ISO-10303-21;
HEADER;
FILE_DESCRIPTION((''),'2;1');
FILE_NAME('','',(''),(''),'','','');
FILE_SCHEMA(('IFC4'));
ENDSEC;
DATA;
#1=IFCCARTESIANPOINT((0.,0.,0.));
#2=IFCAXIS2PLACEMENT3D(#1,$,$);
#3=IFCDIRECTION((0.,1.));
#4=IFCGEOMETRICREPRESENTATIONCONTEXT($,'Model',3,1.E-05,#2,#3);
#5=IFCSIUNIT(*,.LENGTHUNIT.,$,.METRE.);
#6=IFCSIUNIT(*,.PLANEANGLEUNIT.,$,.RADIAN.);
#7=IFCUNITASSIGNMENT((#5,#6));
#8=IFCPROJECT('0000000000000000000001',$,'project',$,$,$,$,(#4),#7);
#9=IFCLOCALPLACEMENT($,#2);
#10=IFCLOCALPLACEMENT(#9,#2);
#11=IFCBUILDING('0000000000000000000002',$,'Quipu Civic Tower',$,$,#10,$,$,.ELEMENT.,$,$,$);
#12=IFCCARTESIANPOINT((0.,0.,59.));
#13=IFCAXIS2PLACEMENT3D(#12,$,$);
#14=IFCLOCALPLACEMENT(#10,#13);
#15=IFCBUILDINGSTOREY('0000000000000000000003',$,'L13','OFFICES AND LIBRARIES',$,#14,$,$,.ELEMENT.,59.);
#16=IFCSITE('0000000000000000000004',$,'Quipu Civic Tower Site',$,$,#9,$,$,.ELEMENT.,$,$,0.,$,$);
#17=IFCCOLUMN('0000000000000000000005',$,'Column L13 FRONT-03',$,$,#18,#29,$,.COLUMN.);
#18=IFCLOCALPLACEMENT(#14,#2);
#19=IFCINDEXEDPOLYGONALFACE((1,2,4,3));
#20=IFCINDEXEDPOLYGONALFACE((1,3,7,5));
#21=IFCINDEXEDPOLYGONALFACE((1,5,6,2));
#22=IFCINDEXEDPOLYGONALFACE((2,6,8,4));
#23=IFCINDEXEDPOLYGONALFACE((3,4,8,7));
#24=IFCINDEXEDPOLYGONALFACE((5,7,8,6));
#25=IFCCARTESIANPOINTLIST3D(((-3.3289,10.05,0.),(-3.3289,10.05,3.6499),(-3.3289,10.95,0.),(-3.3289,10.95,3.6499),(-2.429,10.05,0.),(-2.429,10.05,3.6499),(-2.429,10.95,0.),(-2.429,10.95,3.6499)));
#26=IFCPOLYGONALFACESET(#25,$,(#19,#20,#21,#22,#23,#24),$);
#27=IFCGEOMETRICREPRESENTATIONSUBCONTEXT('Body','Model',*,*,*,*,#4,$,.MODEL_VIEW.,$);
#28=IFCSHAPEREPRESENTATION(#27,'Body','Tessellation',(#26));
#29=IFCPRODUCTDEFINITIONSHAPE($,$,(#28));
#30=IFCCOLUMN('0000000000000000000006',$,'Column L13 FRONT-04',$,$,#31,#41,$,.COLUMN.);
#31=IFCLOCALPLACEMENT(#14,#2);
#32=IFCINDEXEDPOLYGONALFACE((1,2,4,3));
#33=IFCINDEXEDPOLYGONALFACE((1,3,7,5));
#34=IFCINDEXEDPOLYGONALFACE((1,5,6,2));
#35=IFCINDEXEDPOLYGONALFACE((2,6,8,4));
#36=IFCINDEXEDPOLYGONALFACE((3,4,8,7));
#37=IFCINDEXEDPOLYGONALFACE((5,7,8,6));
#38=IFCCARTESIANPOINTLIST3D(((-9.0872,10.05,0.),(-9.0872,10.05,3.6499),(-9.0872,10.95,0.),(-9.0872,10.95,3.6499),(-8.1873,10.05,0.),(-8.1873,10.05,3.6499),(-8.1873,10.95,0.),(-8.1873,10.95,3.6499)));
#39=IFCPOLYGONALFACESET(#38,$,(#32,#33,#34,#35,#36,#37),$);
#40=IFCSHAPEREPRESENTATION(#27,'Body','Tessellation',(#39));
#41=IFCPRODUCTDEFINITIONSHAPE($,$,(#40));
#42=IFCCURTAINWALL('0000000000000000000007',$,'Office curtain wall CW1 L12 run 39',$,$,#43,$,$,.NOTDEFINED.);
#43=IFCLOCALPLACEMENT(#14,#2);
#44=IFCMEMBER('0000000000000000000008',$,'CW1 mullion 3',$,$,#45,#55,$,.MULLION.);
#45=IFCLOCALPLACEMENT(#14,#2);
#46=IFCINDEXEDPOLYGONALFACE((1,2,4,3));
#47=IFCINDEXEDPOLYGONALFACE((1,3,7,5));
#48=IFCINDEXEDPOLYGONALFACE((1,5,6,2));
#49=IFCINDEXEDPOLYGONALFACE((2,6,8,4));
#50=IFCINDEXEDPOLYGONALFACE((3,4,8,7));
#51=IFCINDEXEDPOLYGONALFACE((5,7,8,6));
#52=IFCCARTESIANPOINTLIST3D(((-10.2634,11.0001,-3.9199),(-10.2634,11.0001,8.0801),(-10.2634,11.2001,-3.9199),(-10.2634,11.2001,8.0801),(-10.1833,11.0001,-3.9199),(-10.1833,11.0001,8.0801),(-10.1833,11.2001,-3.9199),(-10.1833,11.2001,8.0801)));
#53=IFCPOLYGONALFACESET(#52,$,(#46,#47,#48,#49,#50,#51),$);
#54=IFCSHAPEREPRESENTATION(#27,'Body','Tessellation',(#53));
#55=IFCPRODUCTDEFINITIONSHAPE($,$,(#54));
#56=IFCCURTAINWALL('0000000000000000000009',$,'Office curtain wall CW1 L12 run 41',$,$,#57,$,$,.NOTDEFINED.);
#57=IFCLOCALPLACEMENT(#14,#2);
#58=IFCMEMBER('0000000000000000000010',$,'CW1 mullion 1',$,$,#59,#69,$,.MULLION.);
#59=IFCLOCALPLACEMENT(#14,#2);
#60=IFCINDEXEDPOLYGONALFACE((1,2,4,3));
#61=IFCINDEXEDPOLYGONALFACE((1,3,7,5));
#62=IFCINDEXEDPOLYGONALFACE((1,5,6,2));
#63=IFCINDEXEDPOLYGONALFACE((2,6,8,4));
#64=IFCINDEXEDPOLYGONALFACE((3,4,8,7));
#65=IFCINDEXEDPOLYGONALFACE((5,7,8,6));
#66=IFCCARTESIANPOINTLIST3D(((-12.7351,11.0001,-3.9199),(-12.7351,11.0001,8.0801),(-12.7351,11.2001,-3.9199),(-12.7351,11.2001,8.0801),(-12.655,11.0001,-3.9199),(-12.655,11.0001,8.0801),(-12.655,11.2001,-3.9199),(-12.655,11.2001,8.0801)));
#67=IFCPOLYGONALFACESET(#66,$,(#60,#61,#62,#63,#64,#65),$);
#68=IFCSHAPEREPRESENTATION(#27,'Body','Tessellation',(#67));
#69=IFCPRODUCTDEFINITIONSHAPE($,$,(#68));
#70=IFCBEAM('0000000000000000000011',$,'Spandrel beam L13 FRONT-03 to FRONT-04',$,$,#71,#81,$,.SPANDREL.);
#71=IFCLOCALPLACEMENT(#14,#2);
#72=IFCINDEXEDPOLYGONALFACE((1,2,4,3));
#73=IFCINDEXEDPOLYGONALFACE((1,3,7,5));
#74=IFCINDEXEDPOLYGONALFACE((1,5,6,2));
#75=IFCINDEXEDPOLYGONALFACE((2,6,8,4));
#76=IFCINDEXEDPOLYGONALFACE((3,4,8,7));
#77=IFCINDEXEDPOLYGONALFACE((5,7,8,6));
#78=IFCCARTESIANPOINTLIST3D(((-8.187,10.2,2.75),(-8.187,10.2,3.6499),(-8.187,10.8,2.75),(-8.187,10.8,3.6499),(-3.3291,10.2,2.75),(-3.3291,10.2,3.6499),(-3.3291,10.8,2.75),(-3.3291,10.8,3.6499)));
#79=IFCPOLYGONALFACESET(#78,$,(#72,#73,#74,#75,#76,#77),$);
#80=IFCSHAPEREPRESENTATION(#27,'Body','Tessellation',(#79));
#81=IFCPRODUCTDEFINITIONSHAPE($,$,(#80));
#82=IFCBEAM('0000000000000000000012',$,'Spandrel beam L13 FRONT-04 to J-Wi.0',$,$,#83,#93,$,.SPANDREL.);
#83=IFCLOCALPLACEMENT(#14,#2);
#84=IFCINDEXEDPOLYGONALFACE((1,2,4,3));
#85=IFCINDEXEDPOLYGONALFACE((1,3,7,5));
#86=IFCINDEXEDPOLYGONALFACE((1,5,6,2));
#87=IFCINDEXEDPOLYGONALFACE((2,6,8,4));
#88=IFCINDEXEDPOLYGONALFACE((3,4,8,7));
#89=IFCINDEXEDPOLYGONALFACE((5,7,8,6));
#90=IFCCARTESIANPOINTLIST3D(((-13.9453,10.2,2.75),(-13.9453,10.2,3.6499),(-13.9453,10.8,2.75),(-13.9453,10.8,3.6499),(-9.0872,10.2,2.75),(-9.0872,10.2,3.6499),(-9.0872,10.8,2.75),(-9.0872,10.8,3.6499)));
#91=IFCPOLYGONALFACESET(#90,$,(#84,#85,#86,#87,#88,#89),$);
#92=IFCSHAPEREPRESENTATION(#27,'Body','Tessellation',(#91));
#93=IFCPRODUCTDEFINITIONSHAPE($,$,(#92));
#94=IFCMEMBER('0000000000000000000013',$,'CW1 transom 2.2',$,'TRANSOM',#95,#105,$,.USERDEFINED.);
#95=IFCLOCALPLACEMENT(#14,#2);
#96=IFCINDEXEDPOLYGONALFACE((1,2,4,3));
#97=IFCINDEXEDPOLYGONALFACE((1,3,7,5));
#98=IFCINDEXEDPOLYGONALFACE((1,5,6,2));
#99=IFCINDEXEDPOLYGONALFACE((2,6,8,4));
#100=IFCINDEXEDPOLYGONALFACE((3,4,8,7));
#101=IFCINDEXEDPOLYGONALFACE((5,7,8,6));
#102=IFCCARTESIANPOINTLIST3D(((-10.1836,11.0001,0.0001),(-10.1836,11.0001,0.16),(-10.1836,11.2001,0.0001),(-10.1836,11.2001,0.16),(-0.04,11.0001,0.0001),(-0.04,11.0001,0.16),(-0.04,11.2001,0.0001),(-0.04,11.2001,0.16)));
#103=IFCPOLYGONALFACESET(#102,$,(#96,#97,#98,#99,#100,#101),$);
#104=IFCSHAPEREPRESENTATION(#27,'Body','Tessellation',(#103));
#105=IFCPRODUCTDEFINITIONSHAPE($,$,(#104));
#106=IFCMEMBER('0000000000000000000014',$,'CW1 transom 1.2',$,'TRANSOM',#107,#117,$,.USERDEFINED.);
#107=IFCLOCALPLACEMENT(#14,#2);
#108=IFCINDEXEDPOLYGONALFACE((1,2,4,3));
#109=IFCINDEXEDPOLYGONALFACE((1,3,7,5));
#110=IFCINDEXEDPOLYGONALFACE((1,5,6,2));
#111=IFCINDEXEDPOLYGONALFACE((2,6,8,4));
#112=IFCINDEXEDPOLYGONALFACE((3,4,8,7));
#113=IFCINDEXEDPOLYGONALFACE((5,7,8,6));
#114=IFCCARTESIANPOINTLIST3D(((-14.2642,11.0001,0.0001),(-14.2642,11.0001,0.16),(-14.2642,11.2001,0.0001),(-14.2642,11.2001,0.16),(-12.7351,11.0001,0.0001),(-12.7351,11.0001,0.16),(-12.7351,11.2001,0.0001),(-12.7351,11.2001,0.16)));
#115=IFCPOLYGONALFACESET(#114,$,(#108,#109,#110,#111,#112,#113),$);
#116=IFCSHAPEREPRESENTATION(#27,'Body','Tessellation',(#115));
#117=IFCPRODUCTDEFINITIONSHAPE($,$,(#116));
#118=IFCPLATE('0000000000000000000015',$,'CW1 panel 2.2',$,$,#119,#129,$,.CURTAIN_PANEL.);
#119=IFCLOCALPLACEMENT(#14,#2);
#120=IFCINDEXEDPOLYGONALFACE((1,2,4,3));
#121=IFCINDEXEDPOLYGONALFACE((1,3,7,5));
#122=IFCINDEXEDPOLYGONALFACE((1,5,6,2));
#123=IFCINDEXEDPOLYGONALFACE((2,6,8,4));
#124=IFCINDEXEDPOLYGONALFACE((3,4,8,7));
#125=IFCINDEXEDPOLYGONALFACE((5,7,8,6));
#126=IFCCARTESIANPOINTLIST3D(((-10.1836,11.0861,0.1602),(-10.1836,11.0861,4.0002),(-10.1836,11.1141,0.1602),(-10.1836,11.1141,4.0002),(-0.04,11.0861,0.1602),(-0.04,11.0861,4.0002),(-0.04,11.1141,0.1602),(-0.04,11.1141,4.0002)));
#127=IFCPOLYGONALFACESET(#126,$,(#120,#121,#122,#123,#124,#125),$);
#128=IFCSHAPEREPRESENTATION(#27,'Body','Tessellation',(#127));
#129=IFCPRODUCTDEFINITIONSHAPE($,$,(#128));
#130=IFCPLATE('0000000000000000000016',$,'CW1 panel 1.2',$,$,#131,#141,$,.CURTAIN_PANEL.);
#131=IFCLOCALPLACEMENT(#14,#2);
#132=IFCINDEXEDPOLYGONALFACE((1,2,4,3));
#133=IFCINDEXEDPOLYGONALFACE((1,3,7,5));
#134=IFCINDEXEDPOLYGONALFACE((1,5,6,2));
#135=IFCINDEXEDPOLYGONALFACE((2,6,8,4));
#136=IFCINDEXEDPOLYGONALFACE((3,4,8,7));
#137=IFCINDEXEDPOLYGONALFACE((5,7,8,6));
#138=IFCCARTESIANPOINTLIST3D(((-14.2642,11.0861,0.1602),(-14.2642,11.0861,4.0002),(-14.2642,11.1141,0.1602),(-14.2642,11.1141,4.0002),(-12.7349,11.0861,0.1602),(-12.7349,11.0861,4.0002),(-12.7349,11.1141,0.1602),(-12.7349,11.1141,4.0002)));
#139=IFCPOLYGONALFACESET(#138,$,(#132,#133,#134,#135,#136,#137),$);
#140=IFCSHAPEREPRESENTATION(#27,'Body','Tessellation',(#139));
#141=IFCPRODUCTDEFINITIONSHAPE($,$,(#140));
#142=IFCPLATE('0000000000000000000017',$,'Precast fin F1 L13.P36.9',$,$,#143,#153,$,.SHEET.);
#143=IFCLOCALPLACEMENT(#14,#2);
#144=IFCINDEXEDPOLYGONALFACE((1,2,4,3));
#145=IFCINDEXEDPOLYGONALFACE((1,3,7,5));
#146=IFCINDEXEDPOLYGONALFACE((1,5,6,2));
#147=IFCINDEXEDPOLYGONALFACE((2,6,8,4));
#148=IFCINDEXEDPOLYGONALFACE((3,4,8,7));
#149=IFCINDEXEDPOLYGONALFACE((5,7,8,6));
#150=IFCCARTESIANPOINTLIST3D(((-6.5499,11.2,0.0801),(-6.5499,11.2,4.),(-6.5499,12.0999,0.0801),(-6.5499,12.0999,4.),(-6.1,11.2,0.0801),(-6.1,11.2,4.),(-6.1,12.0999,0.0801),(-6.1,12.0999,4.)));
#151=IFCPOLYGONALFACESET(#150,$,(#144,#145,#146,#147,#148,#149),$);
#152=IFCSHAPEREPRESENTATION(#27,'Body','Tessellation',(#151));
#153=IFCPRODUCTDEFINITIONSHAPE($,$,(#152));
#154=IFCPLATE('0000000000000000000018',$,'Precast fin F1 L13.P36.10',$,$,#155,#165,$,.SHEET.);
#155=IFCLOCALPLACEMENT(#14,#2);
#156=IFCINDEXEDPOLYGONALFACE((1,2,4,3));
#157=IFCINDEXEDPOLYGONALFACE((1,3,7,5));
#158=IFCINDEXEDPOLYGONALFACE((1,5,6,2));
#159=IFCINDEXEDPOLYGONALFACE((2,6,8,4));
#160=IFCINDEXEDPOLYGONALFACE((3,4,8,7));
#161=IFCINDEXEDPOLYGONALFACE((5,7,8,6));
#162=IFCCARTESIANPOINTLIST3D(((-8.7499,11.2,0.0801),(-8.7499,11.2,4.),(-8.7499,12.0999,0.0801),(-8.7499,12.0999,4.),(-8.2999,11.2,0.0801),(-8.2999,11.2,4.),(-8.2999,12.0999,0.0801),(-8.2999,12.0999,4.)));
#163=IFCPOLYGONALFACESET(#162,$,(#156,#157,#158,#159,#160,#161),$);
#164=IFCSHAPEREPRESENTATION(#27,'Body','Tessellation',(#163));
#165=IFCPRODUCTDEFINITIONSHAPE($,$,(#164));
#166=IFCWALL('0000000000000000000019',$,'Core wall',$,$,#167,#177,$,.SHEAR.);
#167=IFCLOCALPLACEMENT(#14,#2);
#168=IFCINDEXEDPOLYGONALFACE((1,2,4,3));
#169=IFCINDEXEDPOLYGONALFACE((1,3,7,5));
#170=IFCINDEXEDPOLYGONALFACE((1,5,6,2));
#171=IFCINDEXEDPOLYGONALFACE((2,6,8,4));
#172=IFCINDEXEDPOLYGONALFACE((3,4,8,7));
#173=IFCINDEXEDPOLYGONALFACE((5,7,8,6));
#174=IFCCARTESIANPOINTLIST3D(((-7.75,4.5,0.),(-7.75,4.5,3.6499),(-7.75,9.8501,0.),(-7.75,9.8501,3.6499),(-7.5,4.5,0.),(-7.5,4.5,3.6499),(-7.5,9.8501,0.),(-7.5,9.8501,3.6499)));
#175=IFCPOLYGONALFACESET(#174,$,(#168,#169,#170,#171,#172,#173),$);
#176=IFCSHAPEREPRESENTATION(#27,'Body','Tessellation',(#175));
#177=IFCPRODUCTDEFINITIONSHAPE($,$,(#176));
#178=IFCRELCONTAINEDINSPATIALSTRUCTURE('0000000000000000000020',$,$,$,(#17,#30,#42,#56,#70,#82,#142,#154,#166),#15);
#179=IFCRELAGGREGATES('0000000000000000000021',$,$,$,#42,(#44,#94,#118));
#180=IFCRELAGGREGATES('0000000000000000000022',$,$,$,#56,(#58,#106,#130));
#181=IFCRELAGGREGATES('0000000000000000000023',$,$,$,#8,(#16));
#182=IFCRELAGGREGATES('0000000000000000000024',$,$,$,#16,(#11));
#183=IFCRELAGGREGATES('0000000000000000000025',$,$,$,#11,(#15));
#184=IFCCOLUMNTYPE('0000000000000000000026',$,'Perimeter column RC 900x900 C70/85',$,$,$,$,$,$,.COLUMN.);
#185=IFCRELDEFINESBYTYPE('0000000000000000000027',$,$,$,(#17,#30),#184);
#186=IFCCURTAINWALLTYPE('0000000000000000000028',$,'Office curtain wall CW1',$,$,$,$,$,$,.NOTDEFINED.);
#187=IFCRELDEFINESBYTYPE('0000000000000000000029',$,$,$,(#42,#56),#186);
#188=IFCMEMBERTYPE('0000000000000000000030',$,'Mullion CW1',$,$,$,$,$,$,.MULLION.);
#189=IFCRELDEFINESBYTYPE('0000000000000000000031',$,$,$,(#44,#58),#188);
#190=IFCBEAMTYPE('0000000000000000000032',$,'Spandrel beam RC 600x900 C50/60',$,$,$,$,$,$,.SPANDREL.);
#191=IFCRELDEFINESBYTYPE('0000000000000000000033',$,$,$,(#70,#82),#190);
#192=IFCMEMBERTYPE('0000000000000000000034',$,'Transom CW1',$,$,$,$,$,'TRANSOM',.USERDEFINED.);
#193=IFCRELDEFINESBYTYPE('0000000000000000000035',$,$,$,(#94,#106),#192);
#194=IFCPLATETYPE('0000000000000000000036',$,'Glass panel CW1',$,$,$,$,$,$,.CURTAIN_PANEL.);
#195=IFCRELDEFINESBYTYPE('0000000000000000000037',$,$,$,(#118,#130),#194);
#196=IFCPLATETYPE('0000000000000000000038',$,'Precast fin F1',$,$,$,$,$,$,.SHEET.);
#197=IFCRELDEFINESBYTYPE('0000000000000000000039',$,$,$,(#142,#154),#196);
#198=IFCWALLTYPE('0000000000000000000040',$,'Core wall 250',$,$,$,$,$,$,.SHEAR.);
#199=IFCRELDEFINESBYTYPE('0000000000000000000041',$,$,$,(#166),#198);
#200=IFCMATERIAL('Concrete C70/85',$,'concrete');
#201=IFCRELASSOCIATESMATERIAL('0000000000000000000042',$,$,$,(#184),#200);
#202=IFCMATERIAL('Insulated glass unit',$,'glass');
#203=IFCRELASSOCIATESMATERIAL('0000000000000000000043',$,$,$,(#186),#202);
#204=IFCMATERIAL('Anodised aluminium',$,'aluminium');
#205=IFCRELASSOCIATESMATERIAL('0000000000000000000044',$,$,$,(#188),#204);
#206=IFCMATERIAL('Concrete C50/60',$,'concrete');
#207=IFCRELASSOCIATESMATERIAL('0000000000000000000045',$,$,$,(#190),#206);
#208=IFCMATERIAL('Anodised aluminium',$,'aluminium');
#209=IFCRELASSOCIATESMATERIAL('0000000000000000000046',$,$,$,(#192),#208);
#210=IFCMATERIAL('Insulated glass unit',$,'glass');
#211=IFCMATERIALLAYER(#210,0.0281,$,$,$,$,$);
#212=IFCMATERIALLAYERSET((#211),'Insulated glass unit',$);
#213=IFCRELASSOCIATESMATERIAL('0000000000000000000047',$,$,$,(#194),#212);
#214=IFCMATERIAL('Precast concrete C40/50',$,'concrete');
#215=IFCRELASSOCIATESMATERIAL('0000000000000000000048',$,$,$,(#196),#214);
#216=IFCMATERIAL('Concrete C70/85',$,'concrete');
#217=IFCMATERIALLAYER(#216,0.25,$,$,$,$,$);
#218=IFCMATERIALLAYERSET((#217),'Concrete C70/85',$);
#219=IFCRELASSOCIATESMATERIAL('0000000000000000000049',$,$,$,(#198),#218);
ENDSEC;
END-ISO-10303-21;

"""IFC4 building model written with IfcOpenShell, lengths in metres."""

from ifc_helpers import new_model, si_unit, direction, frame, frame_2d, origin, origin_2d, place, context, subcontext, project, spatial, rectangle, extrude, material, layer, layer_set, material_profile, profile_set, type_object, element, aggregate, save


model = new_model("IFC4")

# Units and contexts
model_context = context("Model", 3, precision=1e-05, world=origin(), true_north=direction((0.0, 1.0)))
body_context = subcontext(model_context, "Body", "Model", "MODEL_VIEW")
ifc_project = project(units=[si_unit("LENGTHUNIT", "METRE"), si_unit("PLANEANGLEUNIT", "RADIAN")], contexts=[model_context])

# Site, building, storey
site_placement = place(None, origin())
site = spatial("IfcSite", under=ifc_project, at=site_placement, Name="Quipu Civic Tower Site", CompositionType="ELEMENT", RefElevation=0.0)
building_placement = place(site_placement, origin())
building = spatial("IfcBuilding", under=site, at=building_placement, Name="Quipu Civic Tower", CompositionType="ELEMENT")
storey_placement = place(building_placement, frame((0.0, 0.0, 59.0)))
storey = spatial("IfcBuildingStorey", under=building, at=storey_placement, Name="L13", Description="OFFICES AND LIBRARIES", CompositionType="ELEMENT", Elevation=59.0)

# Columns
ifc_material_1 = material(Name="Concrete C70/85", Category="concrete")
ifc_material_profile_1 = material_profile(ifc_material_1, rectangle(XDim=0.8999, YDim=0.8999, at=origin_2d()), Name="RC900x900")
ifc_profile_set_1 = profile_set([ifc_material_profile_1], Name="Concrete C70/85")
column_type = type_object("IfcColumnType", Name="Perimeter column RC 900x900 C70/85", PredefinedType="COLUMN", material=ifc_profile_set_1)
for number, where, z_axis, x_axis, name in (
    (1, (-2.8789, 10.5, 0.0), (0.0, 0.0, 1.0), (-1.0, 0.0, 0.0), "Column L13 FRONT-03"),
    (2, (-8.6372, 10.5, 0.0), (0.0, 0.0, 1.0), (-1.0, 0.0, 0.0), "Column L13 FRONT-04"),
):
    element("IfcColumn", number, at=place(storey_placement, frame(where, z_axis=z_axis, x_axis=x_axis)), inside=storey, type_object=column_type, Name=name, PredefinedType="COLUMN", context=body_context, shape_type="SweptSolid", body=[
        extrude(rectangle(XDim=0.8999, YDim=0.8999, at=origin_2d()), origin(), (0.0, 0.0, 1.0), 3.6499),
    ])

# Curtain walls, members
ifc_material_2 = material(Name="Insulated glass unit", Category="glass")
curtain_wall_type = type_object("IfcCurtainWallType", Name="Office curtain wall CW1", PredefinedType="NOTDEFINED", material=ifc_material_2)
curtain_wall_1_placement = place(storey_placement, origin())
curtain_wall_1 = element("IfcCurtainWall", 3, at=curtain_wall_1_placement, inside=storey, type_object=curtain_wall_type, Name="Office curtain wall CW1 L12 run 39", PredefinedType="NOTDEFINED")
ifc_material_3 = material(Name="Anodised aluminium", Category="aluminium")
ifc_material_profile_2 = material_profile(ifc_material_3, rectangle(XDim=0.2, YDim=0.0801, at=origin_2d()), Name="RECT 200x80")
ifc_profile_set_2 = profile_set([ifc_material_profile_2], Name="Anodised aluminium")
member_type_1 = type_object("IfcMemberType", Name="Mullion CW1", PredefinedType="MULLION", material=ifc_profile_set_2)
member_1_placement = place(storey_placement, frame((-10.2234, 11.1001, -3.9199), z_axis=(0.0, 0.0, 1.0), x_axis=(0.0, -1.0, 0.0)))
member_1 = element("IfcMember", 4, at=member_1_placement, type_object=member_type_1, Name="CW1 mullion 3", PredefinedType="MULLION", context=body_context, shape_type="SweptSolid", body=[
    extrude(rectangle(XDim=0.2, YDim=0.0801, at=origin_2d()), origin(), (0.0, 0.0, 1.0), 12.0),
])
curtain_wall_2_placement = place(storey_placement, origin())
curtain_wall_2 = element("IfcCurtainWall", 5, at=curtain_wall_2_placement, inside=storey, type_object=curtain_wall_type, Name="Office curtain wall CW1 L12 run 41", PredefinedType="NOTDEFINED")
member_2_placement = place(storey_placement, frame((-12.6951, 11.1001, -3.9199), z_axis=(0.0, 0.0, 1.0), x_axis=(0.0, -1.0, 0.0)))
member_2 = element("IfcMember", 6, at=member_2_placement, type_object=member_type_1, Name="CW1 mullion 1", PredefinedType="MULLION", context=body_context, shape_type="SweptSolid", body=[
    extrude(rectangle(XDim=0.2, YDim=0.0801, at=origin_2d()), origin(), (0.0, 0.0, 1.0), 12.0),
])

# Beams
ifc_material_4 = material(Name="Concrete C50/60", Category="concrete")
ifc_material_profile_3 = material_profile(ifc_material_4, rectangle(XDim=0.6001, YDim=0.8999, at=origin_2d()), Name="RC600x900")
ifc_profile_set_3 = profile_set([ifc_material_profile_3], Name="Concrete C50/60")
beam_type = type_object("IfcBeamType", Name="Spandrel beam RC 600x900 C50/60", PredefinedType="SPANDREL", material=ifc_profile_set_3)
beam_1_placement = place(storey_placement, frame((-3.3291, 10.5, 3.2), z_axis=(-1.0, 0.0, 0.0), x_axis=(0.0, -1.0, 0.0)))
element("IfcBeam", 7, at=beam_1_placement, inside=storey, type_object=beam_type, Name="Spandrel beam L13 FRONT-03 to FRONT-04", PredefinedType="SPANDREL", context=body_context, shape_type="SweptSolid", body=[
    extrude(rectangle(XDim=0.6001, YDim=0.8999, at=origin_2d()), origin(), (0.0, 0.0, 1.0), 4.8579),
])
beam_2_placement = place(storey_placement, frame((-9.0872, 10.5, 3.2), z_axis=(-1.0, 0.0, 0.0), x_axis=(0.0, -1.0, 0.0)))
element("IfcBeam", 8, at=beam_2_placement, inside=storey, type_object=beam_type, Name="Spandrel beam L13 FRONT-04 to J-Wi.0", PredefinedType="SPANDREL", context=body_context, shape_type="SweptSolid", body=[
    extrude(rectangle(XDim=0.6001, YDim=0.8999, at=origin_2d()), origin(), (0.0, 0.0, 1.0), 4.8582),
])

# Members
ifc_material_5 = material(Name="Anodised aluminium", Category="aluminium")
ifc_material_profile_4 = material_profile(ifc_material_5, rectangle(XDim=0.2, YDim=0.1599, at=origin_2d()), Name="RECT 200x160")
ifc_profile_set_4 = profile_set([ifc_material_profile_4], Name="Anodised aluminium")
member_type_2 = type_object("IfcMemberType", Name="Transom CW1", ElementType="TRANSOM", PredefinedType="USERDEFINED", material=ifc_profile_set_4)
member_3_placement = place(storey_placement, frame((-0.04, 11.1001, 0.0801), z_axis=(-1.0, 0.0, 0.0), x_axis=(0.0, -1.0, 0.0)))
member_3 = element("IfcMember", 9, at=member_3_placement, type_object=member_type_2, Name="CW1 transom 2.2", ObjectType="TRANSOM", PredefinedType="USERDEFINED", context=body_context, shape_type="SweptSolid", body=[
    extrude(rectangle(XDim=0.2, YDim=0.1599, at=origin_2d()), origin(), (0.0, 0.0, 1.0), 10.1436),
])
member_4_placement = place(storey_placement, frame((-12.7351, 11.1001, 0.0801), z_axis=(-1.0, 0.0, 0.0), x_axis=(0.0, -1.0, 0.0)))
member_4 = element("IfcMember", 10, at=member_4_placement, type_object=member_type_2, Name="CW1 transom 1.2", ObjectType="TRANSOM", PredefinedType="USERDEFINED", context=body_context, shape_type="SweptSolid", body=[
    extrude(rectangle(XDim=0.2, YDim=0.1599, at=origin_2d()), origin(), (0.0, 0.0, 1.0), 1.5291),
])

# Plates
ifc_material_6 = material(Name="Insulated glass unit", Category="glass")
ifc_layer_1 = layer(ifc_material_6, 0.0281)
ifc_layer_set_1 = layer_set([ifc_layer_1], Name="Insulated glass unit")
plate_type_1 = type_object("IfcPlateType", Name="Glass panel CW1", PredefinedType="CURTAIN_PANEL", material=ifc_layer_set_1)
plate_1_placement = place(storey_placement, frame((-5.1118, 11.1001, 0.1602), z_axis=(0.0, 0.0, 1.0), x_axis=(-1.0, 0.0, 0.0)))
plate_1 = element("IfcPlate", 11, at=plate_1_placement, type_object=plate_type_1, Name="CW1 panel 2.2", PredefinedType="CURTAIN_PANEL", context=body_context, shape_type="SweptSolid", body=[
    extrude(rectangle(XDim=10.1436, YDim=0.0281, at=origin_2d()), origin(), (0.0, 0.0, 1.0), 3.8401),
])
aggregate(curtain_wall_1, [member_1, member_3, plate_1])
plate_2_placement = place(storey_placement, frame((-13.4995, 11.1001, 0.1602), z_axis=(0.0, 0.0, 1.0), x_axis=(-1.0, 0.0, 0.0)))
plate_2 = element("IfcPlate", 12, at=plate_2_placement, type_object=plate_type_1, Name="CW1 panel 1.2", PredefinedType="CURTAIN_PANEL", context=body_context, shape_type="SweptSolid", body=[
    extrude(rectangle(XDim=1.5293, YDim=0.0281, at=origin_2d()), origin(), (0.0, 0.0, 1.0), 3.8401),
])
aggregate(curtain_wall_2, [member_2, member_4, plate_2])

# Plates
ifc_material_7 = material(Name="Precast concrete C40/50", Category="concrete")
plate_type_2 = type_object("IfcPlateType", Name="Precast fin F1", PredefinedType="SHEET", material=ifc_material_7)
for number, where, z_axis, x_axis, name in (
    (13, (-6.325, 11.6499, 0.0801), (0.0, 0.0, 1.0), (-1.0, 0.0, 0.0), "Precast fin F1 L13.P36.9"),
    (14, (-8.5249, 11.6499, 0.0801), (0.0, 0.0, 1.0), (-1.0, 0.0, 0.0), "Precast fin F1 L13.P36.10"),
):
    element("IfcPlate", number, at=place(storey_placement, frame(where, z_axis=z_axis, x_axis=x_axis)), inside=storey, type_object=plate_type_2, Name=name, PredefinedType="SHEET", context=body_context, shape_type="SweptSolid", body=[
        extrude(rectangle(XDim=0.45, YDim=0.8999, at=origin_2d()), origin(), (0.0, 0.0, 1.0), 3.9199),
    ])

# Wall
ifc_material_8 = material(Name="Concrete C70/85", Category="concrete")
ifc_layer_2 = layer(ifc_material_8, 0.25)
ifc_layer_set_2 = layer_set([ifc_layer_2], Name="Concrete C70/85")
wall_type_1 = type_object("IfcWallType", Name="Core wall 250", PredefinedType="SHEAR", material=ifc_layer_set_2)
wall_1_placement = place(storey_placement, frame((-7.625, 4.5, 0.0), z_axis=(0.0, 0.0, 1.0), x_axis=(0.0, 1.0, 0.0)))
element("IfcWall", 15, at=wall_1_placement, inside=storey, type_object=wall_type_1, Name="Core wall", PredefinedType="SHEAR", context=body_context, shape_type="SweptSolid", body=[
    extrude(rectangle(XDim=5.3501, YDim=0.25, at=frame_2d((2.675, 0.0))), origin(), (0.0, 0.0, 1.0), 3.6499),
])

save(model, "model.ifc")
